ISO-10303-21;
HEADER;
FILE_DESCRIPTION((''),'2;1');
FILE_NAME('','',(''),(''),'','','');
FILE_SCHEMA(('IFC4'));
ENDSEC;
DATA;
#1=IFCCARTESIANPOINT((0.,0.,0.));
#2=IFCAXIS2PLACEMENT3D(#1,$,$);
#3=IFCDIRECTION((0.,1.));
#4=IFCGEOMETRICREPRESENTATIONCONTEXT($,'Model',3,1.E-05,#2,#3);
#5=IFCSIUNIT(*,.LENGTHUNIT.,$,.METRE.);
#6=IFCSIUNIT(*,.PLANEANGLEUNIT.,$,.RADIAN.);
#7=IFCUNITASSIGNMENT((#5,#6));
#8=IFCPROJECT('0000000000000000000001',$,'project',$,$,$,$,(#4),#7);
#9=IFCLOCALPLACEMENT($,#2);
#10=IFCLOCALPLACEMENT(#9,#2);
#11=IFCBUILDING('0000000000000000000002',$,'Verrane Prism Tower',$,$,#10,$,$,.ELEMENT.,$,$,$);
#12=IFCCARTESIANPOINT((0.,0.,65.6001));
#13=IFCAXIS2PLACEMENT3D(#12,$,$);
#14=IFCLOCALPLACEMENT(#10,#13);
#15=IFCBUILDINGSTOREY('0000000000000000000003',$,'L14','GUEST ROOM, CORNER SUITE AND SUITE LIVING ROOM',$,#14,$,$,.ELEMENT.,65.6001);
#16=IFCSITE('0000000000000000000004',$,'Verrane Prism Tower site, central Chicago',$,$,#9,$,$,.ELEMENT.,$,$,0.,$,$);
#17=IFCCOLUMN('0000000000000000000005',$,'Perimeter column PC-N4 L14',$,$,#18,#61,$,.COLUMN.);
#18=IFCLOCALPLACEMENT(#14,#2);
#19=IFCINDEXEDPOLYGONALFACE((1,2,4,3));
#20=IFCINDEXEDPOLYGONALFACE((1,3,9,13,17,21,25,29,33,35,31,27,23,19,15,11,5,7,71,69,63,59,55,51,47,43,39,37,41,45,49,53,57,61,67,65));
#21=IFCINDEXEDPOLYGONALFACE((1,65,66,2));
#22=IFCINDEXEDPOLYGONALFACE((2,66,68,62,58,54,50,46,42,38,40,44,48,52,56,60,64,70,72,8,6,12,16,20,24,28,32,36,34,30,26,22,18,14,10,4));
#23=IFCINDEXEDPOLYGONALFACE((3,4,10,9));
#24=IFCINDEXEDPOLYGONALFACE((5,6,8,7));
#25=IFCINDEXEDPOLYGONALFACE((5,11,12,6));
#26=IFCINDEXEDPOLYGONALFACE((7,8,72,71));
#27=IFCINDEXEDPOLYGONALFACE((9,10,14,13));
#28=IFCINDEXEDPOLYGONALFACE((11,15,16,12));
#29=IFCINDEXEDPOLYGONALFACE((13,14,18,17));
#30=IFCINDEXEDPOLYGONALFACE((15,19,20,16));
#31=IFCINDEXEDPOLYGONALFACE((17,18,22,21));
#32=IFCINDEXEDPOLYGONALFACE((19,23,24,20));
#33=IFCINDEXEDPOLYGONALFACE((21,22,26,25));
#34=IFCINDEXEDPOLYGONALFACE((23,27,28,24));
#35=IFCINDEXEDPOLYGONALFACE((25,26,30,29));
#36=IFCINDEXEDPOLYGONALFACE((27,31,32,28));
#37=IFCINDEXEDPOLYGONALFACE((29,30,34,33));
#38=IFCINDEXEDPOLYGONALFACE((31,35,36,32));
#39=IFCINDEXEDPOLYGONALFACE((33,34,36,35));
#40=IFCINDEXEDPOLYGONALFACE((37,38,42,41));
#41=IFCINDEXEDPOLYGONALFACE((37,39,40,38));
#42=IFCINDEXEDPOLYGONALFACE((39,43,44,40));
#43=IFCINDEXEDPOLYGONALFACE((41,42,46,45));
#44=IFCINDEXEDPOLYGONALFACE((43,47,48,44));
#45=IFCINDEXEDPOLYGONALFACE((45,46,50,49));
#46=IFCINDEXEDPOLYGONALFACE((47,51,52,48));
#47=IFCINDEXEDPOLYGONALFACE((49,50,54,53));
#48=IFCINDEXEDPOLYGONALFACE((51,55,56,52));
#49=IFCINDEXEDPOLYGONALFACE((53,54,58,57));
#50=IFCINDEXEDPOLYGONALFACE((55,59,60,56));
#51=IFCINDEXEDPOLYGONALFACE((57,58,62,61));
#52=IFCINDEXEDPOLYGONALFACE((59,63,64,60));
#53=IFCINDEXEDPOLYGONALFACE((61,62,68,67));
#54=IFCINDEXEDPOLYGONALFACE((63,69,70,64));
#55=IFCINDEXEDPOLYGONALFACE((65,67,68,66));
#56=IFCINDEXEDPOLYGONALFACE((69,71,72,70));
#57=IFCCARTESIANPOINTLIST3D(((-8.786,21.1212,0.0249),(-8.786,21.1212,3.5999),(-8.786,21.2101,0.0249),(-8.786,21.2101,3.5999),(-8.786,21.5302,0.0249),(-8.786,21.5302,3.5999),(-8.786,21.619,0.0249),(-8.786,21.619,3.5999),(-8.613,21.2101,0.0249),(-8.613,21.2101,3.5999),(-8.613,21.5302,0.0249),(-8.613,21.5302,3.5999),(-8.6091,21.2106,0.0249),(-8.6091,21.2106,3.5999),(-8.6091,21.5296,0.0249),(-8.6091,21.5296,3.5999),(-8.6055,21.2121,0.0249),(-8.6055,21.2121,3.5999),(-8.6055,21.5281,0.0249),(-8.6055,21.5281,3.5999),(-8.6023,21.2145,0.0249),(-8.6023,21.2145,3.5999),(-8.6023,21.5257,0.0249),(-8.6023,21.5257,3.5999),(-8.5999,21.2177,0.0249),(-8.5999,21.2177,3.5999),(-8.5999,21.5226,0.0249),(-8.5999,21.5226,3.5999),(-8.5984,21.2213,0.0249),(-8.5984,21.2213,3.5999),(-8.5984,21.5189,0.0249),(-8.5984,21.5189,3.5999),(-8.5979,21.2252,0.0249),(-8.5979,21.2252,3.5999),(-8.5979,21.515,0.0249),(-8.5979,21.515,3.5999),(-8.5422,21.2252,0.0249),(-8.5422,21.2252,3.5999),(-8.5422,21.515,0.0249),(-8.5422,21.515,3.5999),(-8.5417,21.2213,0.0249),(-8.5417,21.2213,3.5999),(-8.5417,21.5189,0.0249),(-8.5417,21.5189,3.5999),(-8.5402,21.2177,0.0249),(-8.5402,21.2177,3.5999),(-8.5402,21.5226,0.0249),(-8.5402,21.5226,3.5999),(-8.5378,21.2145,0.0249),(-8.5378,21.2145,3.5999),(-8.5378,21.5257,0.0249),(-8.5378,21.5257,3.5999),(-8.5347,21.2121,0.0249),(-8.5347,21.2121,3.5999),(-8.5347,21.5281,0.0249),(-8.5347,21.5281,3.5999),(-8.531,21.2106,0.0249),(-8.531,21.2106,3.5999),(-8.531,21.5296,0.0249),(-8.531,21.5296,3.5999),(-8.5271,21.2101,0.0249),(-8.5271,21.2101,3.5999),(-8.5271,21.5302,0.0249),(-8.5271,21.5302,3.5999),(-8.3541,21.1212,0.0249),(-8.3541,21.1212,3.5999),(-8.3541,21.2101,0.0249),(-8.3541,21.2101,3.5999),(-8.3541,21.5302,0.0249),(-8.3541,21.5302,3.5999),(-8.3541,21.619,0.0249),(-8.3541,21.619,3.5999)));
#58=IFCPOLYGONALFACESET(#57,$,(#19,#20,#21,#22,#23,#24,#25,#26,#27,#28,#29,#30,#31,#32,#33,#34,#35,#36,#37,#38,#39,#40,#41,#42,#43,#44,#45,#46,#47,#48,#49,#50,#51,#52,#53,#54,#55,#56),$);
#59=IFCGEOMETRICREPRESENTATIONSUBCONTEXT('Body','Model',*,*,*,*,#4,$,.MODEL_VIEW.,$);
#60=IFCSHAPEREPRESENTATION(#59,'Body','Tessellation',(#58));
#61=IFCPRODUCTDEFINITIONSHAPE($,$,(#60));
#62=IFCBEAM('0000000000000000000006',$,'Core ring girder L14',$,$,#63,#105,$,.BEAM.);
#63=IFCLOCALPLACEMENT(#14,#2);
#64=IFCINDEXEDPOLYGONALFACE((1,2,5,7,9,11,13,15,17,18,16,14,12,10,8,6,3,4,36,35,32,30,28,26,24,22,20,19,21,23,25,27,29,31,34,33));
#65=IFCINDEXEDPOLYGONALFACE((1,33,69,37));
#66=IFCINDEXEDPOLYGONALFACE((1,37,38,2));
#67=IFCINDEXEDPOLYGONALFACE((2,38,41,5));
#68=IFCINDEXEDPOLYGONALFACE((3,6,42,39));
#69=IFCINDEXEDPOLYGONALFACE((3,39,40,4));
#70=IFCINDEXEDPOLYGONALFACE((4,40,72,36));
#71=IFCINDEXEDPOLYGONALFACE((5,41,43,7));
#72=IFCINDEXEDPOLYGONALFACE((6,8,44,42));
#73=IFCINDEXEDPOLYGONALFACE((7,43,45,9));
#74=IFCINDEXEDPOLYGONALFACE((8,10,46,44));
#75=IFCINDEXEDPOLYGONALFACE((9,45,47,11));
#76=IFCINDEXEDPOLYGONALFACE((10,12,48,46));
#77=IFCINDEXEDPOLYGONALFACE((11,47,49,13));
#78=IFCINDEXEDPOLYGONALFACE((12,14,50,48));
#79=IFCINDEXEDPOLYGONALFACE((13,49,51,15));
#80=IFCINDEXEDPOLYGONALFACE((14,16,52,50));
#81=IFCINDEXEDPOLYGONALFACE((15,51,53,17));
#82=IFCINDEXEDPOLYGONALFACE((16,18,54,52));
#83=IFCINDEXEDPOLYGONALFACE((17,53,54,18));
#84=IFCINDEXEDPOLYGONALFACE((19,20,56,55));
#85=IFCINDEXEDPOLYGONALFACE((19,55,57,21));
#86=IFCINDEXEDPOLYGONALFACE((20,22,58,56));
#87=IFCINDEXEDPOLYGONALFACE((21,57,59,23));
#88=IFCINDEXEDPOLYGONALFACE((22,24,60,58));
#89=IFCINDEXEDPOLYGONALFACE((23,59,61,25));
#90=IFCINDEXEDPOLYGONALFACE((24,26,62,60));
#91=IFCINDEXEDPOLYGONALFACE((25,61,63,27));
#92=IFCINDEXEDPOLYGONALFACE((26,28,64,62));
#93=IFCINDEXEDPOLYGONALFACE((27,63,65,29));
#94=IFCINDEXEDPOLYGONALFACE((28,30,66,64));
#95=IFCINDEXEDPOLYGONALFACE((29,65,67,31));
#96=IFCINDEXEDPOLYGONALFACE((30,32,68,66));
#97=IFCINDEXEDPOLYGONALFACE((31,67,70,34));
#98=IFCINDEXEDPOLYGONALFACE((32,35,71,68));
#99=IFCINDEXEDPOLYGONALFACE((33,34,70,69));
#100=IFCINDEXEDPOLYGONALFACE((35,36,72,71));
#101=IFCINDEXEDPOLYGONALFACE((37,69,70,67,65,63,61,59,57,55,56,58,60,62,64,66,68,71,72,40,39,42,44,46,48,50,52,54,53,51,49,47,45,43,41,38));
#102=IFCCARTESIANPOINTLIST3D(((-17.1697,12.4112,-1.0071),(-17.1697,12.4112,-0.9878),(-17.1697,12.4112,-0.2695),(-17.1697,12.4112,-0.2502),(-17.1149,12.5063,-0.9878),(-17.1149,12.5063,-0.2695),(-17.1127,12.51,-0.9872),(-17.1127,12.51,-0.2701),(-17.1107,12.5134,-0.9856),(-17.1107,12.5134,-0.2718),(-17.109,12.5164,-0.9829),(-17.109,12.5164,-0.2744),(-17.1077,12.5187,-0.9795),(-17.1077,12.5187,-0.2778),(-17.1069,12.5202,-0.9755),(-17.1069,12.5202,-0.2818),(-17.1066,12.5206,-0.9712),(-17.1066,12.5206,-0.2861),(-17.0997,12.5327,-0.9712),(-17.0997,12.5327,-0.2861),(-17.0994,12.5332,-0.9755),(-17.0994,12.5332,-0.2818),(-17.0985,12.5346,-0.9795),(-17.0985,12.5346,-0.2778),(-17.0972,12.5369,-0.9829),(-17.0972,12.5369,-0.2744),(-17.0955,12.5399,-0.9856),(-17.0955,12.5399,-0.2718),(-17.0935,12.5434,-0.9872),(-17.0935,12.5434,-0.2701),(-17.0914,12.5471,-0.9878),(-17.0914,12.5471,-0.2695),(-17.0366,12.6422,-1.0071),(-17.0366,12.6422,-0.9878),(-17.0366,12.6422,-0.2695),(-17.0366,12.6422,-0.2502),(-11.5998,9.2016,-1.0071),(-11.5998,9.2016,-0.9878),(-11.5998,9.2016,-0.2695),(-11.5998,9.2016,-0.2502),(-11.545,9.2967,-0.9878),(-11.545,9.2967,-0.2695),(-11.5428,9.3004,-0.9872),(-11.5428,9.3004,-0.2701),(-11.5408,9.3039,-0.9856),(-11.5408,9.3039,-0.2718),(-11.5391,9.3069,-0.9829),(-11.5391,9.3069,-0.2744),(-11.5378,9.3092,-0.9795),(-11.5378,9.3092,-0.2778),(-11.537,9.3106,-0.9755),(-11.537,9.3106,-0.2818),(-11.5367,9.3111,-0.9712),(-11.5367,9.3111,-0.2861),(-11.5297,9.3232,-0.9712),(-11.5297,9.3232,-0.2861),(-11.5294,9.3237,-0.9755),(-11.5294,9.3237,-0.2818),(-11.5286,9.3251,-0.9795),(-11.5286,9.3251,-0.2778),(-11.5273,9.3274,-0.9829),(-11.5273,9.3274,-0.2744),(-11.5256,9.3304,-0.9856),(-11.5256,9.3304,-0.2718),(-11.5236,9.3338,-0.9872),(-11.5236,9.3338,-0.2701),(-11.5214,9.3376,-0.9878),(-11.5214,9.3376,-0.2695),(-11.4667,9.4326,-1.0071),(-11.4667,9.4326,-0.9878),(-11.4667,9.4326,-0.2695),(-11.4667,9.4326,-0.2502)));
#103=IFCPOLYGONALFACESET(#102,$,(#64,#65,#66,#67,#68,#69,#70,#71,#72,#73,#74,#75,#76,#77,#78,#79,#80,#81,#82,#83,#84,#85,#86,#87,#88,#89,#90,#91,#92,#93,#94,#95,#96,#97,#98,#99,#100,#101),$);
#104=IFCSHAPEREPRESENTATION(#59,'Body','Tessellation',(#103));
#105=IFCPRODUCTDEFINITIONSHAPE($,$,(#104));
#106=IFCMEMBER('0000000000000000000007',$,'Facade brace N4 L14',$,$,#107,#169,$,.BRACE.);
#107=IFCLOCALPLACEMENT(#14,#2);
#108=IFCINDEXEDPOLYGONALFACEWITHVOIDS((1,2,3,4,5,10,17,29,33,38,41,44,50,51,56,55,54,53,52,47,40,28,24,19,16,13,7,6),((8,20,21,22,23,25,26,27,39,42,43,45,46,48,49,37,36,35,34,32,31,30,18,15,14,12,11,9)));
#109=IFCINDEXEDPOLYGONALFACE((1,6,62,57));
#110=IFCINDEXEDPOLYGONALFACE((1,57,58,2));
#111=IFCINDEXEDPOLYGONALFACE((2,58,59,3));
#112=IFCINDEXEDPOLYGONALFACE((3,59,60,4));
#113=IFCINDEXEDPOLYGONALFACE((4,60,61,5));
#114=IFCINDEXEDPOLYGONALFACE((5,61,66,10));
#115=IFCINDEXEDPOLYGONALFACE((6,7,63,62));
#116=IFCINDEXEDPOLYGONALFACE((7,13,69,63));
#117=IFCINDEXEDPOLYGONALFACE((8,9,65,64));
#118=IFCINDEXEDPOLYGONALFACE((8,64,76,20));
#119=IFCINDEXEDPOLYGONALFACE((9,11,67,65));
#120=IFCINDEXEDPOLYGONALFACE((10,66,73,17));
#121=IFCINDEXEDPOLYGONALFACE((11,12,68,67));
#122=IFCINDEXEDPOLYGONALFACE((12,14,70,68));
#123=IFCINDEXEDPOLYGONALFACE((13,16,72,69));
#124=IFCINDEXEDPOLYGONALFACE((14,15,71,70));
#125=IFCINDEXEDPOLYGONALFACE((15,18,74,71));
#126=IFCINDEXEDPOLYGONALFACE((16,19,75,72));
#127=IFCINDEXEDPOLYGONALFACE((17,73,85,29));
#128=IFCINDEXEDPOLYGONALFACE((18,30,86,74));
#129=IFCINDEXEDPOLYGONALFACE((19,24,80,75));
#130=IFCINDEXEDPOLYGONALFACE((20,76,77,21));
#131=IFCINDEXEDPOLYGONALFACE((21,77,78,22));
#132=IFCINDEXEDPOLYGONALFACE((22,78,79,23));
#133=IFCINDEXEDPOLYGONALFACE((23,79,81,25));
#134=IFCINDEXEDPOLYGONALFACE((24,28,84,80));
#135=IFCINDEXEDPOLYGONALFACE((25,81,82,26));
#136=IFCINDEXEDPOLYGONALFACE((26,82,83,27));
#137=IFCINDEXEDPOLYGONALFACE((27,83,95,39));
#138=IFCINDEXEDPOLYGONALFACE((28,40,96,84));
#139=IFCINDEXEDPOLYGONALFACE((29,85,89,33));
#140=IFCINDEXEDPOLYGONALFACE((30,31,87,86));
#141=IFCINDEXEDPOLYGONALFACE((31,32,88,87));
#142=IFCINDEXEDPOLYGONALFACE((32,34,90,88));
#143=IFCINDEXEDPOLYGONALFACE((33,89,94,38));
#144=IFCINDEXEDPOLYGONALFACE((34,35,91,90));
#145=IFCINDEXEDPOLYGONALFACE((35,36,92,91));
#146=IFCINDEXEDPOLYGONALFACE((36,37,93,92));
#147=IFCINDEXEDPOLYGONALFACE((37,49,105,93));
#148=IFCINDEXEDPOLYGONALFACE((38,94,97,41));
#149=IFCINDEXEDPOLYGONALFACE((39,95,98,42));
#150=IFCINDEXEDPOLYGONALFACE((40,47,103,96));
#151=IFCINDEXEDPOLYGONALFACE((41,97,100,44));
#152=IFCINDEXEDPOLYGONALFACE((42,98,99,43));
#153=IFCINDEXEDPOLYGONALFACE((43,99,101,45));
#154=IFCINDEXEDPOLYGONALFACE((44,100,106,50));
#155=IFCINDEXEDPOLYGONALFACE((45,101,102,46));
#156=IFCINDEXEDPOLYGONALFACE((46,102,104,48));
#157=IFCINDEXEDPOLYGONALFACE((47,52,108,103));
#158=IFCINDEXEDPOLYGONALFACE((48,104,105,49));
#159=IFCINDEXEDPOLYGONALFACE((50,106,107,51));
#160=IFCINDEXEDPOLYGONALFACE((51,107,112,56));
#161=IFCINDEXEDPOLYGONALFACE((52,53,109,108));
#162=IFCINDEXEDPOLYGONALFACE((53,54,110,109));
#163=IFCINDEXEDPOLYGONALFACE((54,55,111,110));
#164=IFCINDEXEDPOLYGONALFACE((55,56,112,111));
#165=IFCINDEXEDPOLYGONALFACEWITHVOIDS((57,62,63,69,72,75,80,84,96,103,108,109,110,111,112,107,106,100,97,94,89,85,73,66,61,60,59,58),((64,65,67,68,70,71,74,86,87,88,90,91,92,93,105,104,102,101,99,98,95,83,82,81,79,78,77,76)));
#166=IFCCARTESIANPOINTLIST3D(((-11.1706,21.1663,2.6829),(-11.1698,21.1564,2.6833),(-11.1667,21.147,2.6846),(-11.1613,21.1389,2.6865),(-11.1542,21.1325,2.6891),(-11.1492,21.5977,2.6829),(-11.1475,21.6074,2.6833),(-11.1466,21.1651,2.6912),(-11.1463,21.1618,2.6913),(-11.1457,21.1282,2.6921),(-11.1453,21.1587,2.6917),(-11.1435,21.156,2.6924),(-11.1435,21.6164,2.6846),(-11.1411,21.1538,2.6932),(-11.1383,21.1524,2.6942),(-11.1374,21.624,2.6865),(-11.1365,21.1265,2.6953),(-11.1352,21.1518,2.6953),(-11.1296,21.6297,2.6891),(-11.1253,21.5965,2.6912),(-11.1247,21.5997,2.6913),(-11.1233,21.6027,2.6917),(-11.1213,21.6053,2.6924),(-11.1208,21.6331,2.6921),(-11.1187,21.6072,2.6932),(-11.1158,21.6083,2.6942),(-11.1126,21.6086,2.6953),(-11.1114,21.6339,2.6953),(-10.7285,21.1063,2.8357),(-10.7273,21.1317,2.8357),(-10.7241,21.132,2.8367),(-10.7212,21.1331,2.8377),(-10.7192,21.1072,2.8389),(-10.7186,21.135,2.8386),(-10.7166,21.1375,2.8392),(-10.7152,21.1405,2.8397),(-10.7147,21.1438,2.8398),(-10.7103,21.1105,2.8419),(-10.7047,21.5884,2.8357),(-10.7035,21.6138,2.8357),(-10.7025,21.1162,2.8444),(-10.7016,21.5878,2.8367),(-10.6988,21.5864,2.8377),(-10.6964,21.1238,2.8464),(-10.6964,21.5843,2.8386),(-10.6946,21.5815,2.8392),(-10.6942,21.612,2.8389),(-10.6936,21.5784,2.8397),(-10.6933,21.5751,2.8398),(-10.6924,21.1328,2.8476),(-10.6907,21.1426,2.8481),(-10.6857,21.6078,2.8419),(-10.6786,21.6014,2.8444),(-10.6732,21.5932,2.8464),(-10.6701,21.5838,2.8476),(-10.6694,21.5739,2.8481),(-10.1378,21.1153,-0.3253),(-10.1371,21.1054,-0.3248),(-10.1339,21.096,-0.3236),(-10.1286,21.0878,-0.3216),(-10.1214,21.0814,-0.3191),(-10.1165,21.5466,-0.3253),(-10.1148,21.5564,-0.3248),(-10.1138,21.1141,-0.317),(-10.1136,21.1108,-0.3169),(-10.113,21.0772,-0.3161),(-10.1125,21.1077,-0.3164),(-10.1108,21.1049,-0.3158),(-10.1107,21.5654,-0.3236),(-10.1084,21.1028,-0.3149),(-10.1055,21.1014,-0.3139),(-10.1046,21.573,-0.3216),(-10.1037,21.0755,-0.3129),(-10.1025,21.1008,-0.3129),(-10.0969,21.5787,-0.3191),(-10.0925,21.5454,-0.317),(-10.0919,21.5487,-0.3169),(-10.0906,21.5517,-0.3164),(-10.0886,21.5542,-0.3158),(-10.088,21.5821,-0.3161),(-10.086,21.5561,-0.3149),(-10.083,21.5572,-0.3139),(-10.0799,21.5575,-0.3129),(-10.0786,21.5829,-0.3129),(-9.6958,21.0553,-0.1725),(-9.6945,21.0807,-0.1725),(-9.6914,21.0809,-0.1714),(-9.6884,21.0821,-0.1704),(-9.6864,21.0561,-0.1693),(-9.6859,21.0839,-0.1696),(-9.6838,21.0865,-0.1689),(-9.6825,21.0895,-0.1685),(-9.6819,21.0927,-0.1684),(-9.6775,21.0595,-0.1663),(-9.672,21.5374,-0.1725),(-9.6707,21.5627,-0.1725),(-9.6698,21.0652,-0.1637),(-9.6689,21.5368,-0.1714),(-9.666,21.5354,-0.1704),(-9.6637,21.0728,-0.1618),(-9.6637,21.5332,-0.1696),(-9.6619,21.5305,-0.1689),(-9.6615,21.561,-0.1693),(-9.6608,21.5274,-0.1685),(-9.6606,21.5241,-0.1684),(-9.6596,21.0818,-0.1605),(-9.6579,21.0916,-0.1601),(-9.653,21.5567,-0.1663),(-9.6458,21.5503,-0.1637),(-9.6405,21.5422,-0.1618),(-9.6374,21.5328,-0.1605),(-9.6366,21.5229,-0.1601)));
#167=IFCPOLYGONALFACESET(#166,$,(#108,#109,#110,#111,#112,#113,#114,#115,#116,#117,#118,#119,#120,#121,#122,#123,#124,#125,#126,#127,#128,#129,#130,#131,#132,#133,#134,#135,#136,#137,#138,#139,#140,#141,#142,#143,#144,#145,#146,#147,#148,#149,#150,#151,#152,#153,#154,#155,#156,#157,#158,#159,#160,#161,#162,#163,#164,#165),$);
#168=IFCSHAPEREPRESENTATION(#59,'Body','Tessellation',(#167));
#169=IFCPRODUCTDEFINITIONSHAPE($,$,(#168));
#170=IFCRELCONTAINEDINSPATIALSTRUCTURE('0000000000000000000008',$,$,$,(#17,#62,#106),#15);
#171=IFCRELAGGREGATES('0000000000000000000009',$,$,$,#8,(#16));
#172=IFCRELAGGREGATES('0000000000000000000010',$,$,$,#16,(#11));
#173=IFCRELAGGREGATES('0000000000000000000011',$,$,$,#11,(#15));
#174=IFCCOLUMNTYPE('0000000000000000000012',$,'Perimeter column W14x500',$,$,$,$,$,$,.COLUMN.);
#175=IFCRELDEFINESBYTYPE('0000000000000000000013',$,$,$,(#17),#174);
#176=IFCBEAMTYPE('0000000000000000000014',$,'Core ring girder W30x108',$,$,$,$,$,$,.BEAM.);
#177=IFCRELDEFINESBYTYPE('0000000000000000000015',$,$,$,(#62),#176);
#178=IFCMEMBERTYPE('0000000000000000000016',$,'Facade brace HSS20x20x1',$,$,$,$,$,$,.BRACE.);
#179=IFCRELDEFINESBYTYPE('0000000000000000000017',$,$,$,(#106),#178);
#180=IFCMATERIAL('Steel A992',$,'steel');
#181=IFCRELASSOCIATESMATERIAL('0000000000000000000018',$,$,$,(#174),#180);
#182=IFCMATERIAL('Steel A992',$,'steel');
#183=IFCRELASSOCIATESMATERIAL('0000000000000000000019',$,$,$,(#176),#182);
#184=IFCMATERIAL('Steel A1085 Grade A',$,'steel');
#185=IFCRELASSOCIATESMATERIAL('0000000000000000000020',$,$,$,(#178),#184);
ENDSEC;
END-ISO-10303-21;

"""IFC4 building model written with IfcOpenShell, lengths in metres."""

from ifc_helpers import new_model, si_unit, direction, frame, origin, origin_2d, place, context, subcontext, project, spatial, hollow_rectangle, i_section, extrude, material, material_profile, profile_set, type_object, element, save


model = new_model("IFC4")

# Units and contexts
model_context = context("Model", 3, precision=1e-05, world=origin(), true_north=direction((0.0, 1.0)))
body_context = subcontext(model_context, "Body", "Model", "MODEL_VIEW")
ifc_project = project(units=[si_unit("LENGTHUNIT", "METRE"), si_unit("PLANEANGLEUNIT", "RADIAN")], contexts=[model_context])

# Site, building, storey
site_placement = place(None, origin())
site = spatial("IfcSite", under=ifc_project, at=site_placement, Name="Verrane Prism Tower site, central Chicago", CompositionType="ELEMENT", RefElevation=0.0)
building_placement = place(site_placement, origin())
building = spatial("IfcBuilding", under=site, at=building_placement, Name="Verrane Prism Tower", CompositionType="ELEMENT")
storey_placement = place(building_placement, frame((0.0, 0.0, 65.6001)))
storey = spatial("IfcBuildingStorey", under=building, at=storey_placement, Name="L14", Description="GUEST ROOM, CORNER SUITE AND SUITE LIVING ROOM", CompositionType="ELEMENT", Elevation=65.6001)

# Column
ifc_material_1 = material(Name="Steel A992", Category="steel")
ifc_material_profile_1 = material_profile(ifc_material_1, i_section(OverallWidth=0.4319, OverallDepth=0.4978, WebThickness=0.0557, FlangeThickness=0.0889, FilletRadius=0.0151, at=origin_2d()), Name="W14x500")
ifc_profile_set_1 = profile_set([ifc_material_profile_1], Name="Steel A992")
column_type = type_object("IfcColumnType", Name="Perimeter column W14x500", PredefinedType="COLUMN", material=ifc_profile_set_1)
column_placement = place(storey_placement, frame((-8.5701, 21.3701, 0.0249), z_axis=(0.0, 0.0, 1.0), x_axis=(1.0, 0.0, 0.0)))
element("IfcColumn", 1, at=column_placement, inside=storey, type_object=column_type, Name="Perimeter column PC-N4 L14", PredefinedType="COLUMN", context=body_context, shape_type="SweptSolid", body=[
    extrude(i_section(OverallWidth=0.4319, OverallDepth=0.4978, WebThickness=0.0557, FlangeThickness=0.0889, FilletRadius=0.0151, at=origin_2d()), origin(), (0.0, 0.0, 1.0), 3.575),
])

# Beam
ifc_material_2 = material(Name="Steel A992", Category="steel")
ifc_material_profile_2 = material_profile(ifc_material_2, i_section(OverallWidth=0.2666, OverallDepth=0.7568, WebThickness=0.0139, FlangeThickness=0.0193, FilletRadius=0.0166, at=origin_2d()), Name="W30x108")
ifc_profile_set_2 = profile_set([ifc_material_profile_2], Name="Steel A992")
beam_type_1 = type_object("IfcBeamType", Name="Core ring girder W30x108", PredefinedType="BEAM", material=ifc_profile_set_2)
beam_1_placement = place(storey_placement, frame((-11.5332, 9.3171, -0.6287), z_axis=(-0.866447, 0.499269, 0.0), x_axis=(-0.499269, -0.866447, 0.0)))
element("IfcBeam", 2, at=beam_1_placement, inside=storey, type_object=beam_type_1, Name="Core ring girder L14", PredefinedType="BEAM", context=body_context, shape_type="SweptSolid", body=[
    extrude(i_section(OverallWidth=0.2666, OverallDepth=0.7568, WebThickness=0.0139, FlangeThickness=0.0193, FilletRadius=0.0166, at=origin_2d()), origin(), (0.0, 0.0, 1.0), 6.4285),
])

# Member
ifc_material_3 = material(Name="Steel A1085 Grade A", Category="steel")
ifc_material_profile_3 = material_profile(ifc_material_3, hollow_rectangle(XDim=0.5081, YDim=0.5081, WallThickness=0.0254, InnerFilletRadius=0.0127, OuterFilletRadius=0.0381, at=origin_2d()), Name="HSS20x20x1")
ifc_profile_set_3 = profile_set([ifc_material_profile_3], Name="Steel A1085 Grade A")
member_type_1 = type_object("IfcMemberType", Name="Facade brace HSS20x20x1", PredefinedType="BRACE", material=ifc_profile_set_3)
member_1_placement = place(storey_placement, frame((-9.8872, 21.3191, -0.2427), z_axis=(-0.324671, 0.016042, 0.945691), x_axis=(-0.049349, -0.998782, 0.0)))
element("IfcMember", 3, at=member_1_placement, inside=storey, type_object=member_type_1, Name="Facade brace N4 L14", PredefinedType="BRACE", context=body_context, shape_type="SweptSolid", body=[
    extrude(hollow_rectangle(XDim=0.5081, YDim=0.5081, WallThickness=0.0254, InnerFilletRadius=0.0127, OuterFilletRadius=0.0381, at=origin_2d()), origin(), (0.0, 0.0, 1.0), 3.1809),
])

save(model, "model.ifc")
